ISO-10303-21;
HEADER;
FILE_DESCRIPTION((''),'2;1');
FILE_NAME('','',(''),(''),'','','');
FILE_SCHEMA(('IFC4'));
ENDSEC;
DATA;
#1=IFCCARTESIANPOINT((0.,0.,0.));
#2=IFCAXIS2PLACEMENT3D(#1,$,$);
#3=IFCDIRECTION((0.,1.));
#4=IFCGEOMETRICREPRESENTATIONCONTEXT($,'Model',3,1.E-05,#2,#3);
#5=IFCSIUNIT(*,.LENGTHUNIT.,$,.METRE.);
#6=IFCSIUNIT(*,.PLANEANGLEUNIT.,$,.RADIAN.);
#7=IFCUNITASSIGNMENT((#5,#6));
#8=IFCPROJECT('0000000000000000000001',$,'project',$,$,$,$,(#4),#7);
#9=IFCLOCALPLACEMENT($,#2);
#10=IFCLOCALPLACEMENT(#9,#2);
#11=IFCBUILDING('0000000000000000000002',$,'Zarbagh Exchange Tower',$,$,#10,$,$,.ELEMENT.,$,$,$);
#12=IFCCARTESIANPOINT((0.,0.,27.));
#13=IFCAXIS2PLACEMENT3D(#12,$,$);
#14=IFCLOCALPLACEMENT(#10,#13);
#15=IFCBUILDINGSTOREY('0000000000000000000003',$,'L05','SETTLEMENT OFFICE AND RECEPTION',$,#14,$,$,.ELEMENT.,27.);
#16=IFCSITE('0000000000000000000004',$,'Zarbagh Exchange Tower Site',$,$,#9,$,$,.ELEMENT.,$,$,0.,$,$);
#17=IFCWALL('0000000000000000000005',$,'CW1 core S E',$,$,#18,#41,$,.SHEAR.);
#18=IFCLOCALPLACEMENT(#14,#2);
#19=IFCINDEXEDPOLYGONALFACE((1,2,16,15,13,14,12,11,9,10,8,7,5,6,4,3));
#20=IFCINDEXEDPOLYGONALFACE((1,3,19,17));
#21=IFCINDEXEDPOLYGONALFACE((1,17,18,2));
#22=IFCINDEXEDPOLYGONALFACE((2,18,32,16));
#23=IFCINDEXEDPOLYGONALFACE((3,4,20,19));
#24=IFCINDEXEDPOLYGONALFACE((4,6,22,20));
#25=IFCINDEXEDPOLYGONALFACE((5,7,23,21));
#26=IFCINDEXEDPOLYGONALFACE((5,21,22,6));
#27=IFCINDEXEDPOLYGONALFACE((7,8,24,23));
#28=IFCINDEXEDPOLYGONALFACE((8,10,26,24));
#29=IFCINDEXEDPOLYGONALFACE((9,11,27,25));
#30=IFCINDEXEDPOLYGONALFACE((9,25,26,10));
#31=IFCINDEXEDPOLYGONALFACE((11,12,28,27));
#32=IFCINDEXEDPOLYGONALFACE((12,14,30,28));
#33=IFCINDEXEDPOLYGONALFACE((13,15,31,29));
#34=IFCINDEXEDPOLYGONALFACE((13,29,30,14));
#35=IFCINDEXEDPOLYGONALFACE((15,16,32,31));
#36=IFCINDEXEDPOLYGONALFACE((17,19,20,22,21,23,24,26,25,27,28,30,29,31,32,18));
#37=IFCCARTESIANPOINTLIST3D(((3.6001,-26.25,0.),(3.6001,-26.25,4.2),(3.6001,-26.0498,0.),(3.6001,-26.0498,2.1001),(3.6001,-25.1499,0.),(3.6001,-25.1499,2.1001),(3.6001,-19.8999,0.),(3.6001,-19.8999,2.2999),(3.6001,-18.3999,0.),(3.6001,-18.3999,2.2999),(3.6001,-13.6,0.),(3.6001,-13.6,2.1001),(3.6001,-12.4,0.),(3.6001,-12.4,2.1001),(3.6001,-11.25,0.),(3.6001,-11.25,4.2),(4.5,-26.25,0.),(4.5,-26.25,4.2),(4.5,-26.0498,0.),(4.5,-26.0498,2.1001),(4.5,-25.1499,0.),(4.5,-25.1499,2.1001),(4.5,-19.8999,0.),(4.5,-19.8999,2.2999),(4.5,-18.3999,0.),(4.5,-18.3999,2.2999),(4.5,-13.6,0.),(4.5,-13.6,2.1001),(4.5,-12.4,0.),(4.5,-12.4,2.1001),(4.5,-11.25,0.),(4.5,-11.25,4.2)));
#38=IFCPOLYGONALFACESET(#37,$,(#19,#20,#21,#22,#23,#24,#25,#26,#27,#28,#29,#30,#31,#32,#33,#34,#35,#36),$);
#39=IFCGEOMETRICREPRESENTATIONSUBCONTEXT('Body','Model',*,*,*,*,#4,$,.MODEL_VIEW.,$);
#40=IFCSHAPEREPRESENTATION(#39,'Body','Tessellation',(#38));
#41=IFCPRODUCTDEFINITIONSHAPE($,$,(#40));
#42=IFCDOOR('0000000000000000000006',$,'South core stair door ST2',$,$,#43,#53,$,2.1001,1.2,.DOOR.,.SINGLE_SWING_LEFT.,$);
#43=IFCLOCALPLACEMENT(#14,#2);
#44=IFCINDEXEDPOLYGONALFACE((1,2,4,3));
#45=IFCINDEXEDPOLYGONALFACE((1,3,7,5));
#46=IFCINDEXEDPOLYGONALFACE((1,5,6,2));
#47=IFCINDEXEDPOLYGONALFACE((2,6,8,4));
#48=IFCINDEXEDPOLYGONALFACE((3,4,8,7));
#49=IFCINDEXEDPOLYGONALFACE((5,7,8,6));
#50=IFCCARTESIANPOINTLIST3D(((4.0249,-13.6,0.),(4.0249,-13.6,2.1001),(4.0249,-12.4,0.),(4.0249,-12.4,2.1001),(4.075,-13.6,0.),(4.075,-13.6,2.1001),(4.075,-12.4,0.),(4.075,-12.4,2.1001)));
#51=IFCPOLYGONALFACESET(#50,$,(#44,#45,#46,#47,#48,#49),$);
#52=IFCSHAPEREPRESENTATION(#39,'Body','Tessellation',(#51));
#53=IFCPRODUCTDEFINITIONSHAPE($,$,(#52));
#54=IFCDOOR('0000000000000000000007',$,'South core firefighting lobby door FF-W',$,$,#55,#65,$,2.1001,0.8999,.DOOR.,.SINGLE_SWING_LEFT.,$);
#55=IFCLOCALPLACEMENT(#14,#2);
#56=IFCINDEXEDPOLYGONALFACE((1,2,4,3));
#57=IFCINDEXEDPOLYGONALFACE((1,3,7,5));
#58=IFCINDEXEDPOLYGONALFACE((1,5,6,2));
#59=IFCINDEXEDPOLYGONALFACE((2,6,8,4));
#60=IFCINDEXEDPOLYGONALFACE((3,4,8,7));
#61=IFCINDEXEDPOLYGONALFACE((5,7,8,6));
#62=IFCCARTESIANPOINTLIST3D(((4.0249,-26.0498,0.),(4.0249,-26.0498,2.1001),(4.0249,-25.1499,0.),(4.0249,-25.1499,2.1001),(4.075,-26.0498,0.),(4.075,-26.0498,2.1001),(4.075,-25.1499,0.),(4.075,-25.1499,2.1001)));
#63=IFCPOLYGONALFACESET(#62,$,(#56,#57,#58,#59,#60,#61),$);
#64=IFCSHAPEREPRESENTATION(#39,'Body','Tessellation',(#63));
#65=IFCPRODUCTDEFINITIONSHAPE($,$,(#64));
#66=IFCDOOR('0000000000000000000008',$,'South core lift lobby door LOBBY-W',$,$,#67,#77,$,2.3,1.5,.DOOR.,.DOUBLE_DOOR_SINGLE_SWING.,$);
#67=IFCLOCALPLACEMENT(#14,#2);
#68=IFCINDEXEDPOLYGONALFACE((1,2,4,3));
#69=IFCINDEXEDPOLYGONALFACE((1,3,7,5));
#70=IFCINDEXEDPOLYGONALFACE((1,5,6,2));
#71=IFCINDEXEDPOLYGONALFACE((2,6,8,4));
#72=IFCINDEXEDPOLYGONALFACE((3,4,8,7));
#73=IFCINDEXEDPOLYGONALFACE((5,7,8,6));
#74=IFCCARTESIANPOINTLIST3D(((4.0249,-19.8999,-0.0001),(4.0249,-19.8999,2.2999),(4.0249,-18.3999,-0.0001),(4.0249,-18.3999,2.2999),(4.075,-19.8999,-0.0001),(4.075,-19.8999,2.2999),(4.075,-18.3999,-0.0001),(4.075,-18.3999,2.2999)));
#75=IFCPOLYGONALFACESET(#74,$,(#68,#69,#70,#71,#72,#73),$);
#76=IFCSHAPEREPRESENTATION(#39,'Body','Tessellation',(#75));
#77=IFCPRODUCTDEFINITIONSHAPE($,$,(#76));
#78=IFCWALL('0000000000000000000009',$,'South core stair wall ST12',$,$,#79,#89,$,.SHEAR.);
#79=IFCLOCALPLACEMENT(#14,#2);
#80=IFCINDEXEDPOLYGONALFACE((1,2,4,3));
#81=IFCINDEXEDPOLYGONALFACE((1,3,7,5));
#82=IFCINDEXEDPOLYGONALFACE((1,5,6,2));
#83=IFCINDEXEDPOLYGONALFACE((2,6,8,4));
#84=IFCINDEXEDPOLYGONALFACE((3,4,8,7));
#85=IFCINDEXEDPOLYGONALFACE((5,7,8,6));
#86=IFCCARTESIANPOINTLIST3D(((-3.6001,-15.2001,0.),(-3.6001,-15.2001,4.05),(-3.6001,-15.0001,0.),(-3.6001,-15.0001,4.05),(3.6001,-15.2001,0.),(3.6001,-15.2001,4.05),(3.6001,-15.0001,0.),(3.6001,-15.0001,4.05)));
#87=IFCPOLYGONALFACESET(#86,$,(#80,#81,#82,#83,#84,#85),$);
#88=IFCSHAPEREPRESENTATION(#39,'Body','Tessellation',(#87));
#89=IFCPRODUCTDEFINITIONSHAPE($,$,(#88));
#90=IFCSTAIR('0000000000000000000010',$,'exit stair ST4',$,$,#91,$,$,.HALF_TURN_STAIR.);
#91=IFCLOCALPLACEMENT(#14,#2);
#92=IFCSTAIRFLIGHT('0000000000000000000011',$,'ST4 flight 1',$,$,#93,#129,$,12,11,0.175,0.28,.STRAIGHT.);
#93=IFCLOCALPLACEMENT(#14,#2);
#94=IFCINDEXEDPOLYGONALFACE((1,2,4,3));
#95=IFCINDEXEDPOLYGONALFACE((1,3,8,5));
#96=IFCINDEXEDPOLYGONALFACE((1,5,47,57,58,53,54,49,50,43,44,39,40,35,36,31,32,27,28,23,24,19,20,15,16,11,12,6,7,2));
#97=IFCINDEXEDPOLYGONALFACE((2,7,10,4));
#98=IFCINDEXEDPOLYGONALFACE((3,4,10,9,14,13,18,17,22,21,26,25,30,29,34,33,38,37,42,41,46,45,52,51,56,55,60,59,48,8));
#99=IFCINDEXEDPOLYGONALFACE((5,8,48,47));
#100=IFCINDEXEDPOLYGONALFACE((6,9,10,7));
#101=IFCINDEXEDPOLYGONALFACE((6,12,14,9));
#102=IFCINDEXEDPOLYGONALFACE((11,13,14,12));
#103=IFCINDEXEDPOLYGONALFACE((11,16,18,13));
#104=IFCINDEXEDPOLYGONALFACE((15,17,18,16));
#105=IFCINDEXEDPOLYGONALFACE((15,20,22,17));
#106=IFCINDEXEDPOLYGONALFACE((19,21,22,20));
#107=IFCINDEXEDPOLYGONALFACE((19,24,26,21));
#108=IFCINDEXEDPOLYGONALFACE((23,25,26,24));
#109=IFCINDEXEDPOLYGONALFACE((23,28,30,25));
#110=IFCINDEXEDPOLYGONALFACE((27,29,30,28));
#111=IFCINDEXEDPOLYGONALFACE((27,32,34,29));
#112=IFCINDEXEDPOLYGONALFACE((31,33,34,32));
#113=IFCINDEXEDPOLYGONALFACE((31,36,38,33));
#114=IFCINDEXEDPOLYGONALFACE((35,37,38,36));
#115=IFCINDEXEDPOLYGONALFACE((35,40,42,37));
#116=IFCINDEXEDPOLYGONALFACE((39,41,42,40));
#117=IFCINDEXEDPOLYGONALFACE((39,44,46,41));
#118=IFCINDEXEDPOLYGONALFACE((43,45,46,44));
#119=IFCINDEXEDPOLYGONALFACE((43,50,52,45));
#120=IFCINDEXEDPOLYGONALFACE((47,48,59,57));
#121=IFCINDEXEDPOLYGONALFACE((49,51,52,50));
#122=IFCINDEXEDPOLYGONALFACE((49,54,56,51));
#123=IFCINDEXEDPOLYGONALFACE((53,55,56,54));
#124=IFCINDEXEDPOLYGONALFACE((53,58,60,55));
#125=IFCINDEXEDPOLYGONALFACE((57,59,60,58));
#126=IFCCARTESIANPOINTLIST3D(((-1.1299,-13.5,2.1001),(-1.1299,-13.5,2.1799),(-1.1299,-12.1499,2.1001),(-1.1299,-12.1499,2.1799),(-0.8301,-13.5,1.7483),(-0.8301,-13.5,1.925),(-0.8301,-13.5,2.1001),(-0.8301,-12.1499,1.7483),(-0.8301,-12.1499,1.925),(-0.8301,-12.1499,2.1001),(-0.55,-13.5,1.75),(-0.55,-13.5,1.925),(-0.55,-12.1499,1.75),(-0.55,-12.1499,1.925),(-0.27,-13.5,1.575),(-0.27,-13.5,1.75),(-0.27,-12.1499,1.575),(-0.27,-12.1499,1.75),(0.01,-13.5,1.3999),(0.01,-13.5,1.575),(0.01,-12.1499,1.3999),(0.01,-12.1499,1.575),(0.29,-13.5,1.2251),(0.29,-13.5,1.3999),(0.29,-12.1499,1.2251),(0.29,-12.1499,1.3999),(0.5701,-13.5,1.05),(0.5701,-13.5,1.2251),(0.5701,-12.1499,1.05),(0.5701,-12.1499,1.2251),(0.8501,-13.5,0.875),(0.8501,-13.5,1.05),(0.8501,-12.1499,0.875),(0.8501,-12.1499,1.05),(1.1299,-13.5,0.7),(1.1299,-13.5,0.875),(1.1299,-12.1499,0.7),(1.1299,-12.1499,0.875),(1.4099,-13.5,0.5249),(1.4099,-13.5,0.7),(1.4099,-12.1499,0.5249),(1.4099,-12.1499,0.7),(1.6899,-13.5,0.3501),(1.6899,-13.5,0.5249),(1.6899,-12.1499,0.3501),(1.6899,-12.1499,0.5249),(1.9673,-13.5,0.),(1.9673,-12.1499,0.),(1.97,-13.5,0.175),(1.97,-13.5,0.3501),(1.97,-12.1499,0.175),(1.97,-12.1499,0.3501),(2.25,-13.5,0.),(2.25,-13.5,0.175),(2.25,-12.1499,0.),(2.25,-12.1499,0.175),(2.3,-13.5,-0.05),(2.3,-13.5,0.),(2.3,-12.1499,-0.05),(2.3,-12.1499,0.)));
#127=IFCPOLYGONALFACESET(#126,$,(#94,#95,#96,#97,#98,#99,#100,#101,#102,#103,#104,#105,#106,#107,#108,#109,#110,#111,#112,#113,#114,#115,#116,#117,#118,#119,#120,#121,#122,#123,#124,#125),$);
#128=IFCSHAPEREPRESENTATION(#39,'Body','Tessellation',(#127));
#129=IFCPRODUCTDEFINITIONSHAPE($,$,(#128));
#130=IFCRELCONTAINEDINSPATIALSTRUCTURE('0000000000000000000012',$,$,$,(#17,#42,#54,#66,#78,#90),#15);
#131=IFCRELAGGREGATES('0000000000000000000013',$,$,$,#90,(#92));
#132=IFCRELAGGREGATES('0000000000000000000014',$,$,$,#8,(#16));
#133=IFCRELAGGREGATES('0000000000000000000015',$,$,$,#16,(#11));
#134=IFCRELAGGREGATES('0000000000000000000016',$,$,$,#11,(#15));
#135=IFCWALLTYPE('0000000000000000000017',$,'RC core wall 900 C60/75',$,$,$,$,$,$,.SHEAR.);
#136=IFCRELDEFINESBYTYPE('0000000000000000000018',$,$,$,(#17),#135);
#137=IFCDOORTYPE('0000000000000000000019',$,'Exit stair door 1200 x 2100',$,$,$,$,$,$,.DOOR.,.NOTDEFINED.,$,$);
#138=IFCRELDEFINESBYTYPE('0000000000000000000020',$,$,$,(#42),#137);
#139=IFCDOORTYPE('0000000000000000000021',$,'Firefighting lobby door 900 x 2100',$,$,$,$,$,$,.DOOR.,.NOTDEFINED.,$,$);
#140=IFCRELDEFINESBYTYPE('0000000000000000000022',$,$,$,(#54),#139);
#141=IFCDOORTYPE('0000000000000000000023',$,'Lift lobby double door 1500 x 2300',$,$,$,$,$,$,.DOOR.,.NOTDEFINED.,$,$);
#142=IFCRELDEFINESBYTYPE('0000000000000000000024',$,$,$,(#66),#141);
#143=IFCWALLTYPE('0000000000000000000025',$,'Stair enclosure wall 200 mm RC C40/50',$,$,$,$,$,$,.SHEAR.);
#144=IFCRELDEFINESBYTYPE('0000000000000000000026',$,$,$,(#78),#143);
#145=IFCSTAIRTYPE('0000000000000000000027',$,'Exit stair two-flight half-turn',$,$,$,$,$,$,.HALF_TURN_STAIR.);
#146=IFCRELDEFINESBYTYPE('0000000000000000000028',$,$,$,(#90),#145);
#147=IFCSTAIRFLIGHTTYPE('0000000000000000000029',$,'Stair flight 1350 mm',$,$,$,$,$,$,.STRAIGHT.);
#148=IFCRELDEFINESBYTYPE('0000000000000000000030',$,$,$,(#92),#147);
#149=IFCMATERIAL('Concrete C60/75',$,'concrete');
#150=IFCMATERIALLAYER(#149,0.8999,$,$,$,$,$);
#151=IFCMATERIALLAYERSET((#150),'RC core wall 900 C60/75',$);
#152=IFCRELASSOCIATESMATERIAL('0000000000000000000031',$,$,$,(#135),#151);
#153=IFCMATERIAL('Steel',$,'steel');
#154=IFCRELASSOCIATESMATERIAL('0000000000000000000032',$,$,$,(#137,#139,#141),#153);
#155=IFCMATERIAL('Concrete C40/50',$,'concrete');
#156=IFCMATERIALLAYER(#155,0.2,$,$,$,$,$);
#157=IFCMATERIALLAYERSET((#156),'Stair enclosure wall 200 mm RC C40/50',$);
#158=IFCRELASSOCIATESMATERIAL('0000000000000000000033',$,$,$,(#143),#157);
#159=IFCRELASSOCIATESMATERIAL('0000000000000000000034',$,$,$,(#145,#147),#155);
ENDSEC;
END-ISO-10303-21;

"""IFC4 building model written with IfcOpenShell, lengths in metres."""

from ifc_helpers import new_model, si_unit, direction, frame, frame_2d, origin, place, context, subcontext, project, spatial, polyline, rectangle, outline, extrude, material, layer, layer_set, type_object, element, fill, aggregate, save


model = new_model("IFC4")

# Units and contexts
model_context = context("Model", 3, precision=1e-05, world=origin(), true_north=direction((0.0, 1.0)))
body_context = subcontext(model_context, "Body", "Model", "MODEL_VIEW")
ifc_project = project(units=[si_unit("LENGTHUNIT", "METRE"), si_unit("PLANEANGLEUNIT", "RADIAN")], contexts=[model_context])

# Site, building, storey
site_placement = place(None, origin())
site = spatial("IfcSite", under=ifc_project, at=site_placement, Name="Zarbagh Exchange Tower Site", CompositionType="ELEMENT", RefElevation=0.0)
building_placement = place(site_placement, origin())
building = spatial("IfcBuilding", under=site, at=building_placement, Name="Zarbagh Exchange Tower", CompositionType="ELEMENT")
storey_placement = place(building_placement, frame((0.0, 0.0, 27.0)))
storey = spatial("IfcBuildingStorey", under=building, at=storey_placement, Name="L05", Description="SETTLEMENT OFFICE AND RECEPTION", CompositionType="ELEMENT", Elevation=27.0)

# Shared definitions
ifc_material_1 = material(Name="Concrete C60/75", Category="concrete")

# Wall, openings, doors
ifc_layer_1 = layer(ifc_material_1, 0.8999)
ifc_layer_set_1 = layer_set([ifc_layer_1], Name="RC core wall 900 C60/75")
wall_type_1 = type_object("IfcWallType", Name="RC core wall 900 C60/75", PredefinedType="SHEAR", material=ifc_layer_set_1)
wall_1_placement = place(storey_placement, frame((4.05, -11.25, 0.0), z_axis=(0.0, 0.0, 1.0), x_axis=(0.0, -1.0, 0.0)))
wall_1 = element("IfcWall", 1, at=wall_1_placement, inside=storey, type_object=wall_type_1, Name="CW1 core S E", PredefinedType="SHEAR", context=body_context, shape_type="SweptSolid", body=[
    extrude(rectangle(XDim=15.0, YDim=0.8999, at=frame_2d((7.5, 0.0))), origin(), (0.0, 0.0, 1.0), 4.2),
])
opening_1_placement = place(wall_1_placement, frame((7.1499, 0.0, 0.0)))
opening_1 = element("IfcOpeningElement", 2, at=opening_1_placement, cuts=wall_1, PredefinedType="OPENING", context=body_context, shape_type="SweptSolid", body=[
    extrude(rectangle(XDim=1.5, YDim=2.3, at=frame_2d((0.75, 1.1499))), frame((0.0, 0.46, 0.0), z_axis=(0.0, -1.0, 0.0), x_axis=(1.0, 0.0, 0.0)), (0.0, 0.0, 1.0), 0.9199),
])
opening_2_placement = place(wall_1_placement, frame((13.8999, 0.0, 0.0)))
opening_2 = element("IfcOpeningElement", 3, at=opening_2_placement, cuts=wall_1, PredefinedType="OPENING", context=body_context, shape_type="SweptSolid", body=[
    extrude(rectangle(XDim=0.8999, YDim=2.1001, at=frame_2d((0.45, 1.05))), frame((0.0, 0.46, 0.0), z_axis=(0.0, -1.0, 0.0), x_axis=(1.0, 0.0, 0.0)), (0.0, 0.0, 1.0), 0.9199),
])
opening_3_placement = place(wall_1_placement, frame((1.1499, 0.0, 0.0)))
opening_3 = element("IfcOpeningElement", 4, at=opening_3_placement, cuts=wall_1, PredefinedType="OPENING", context=body_context, shape_type="SweptSolid", body=[
    extrude(rectangle(XDim=1.2, YDim=2.1001, at=frame_2d((0.6001, 1.05))), frame((0.0, 0.46, 0.0), z_axis=(0.0, -1.0, 0.0), x_axis=(1.0, 0.0, 0.0)), (0.0, 0.0, 1.0), 0.9199),
])
ifc_material_2 = material(Name="Steel", Category="steel")
door_type_1 = type_object("IfcDoorType", Name="Exit stair door 1200 x 2100", OperationType="NOTDEFINED", PredefinedType="DOOR", material=ifc_material_2)
door_1_placement = place(opening_3_placement, origin())
door_1 = element("IfcDoor", 5, at=door_1_placement, inside=storey, type_object=door_type_1, Name="South core stair door ST2", OperationType="SINGLE_SWING_LEFT", OverallHeight=2.1001, OverallWidth=1.2, PredefinedType="DOOR", context=body_context, shape_type="SweptSolid", body=[
    extrude(rectangle(XDim=1.2, YDim=2.1001, at=frame_2d((0.6001, 1.05))), frame((0.0, 0.0249, 0.0), z_axis=(0.0, -1.0, 0.0), x_axis=(1.0, 0.0, 0.0)), (0.0, 0.0, 1.0), 0.05),
])
fill(opening_3, door_1)
door_type_2 = type_object("IfcDoorType", Name="Firefighting lobby door 900 x 2100", OperationType="NOTDEFINED", PredefinedType="DOOR", material=ifc_material_2)
door_2_placement = place(opening_2_placement, origin())
door_2 = element("IfcDoor", 6, at=door_2_placement, inside=storey, type_object=door_type_2, Name="South core firefighting lobby door FF-W", OperationType="SINGLE_SWING_LEFT", OverallHeight=2.1001, OverallWidth=0.8999, PredefinedType="DOOR", context=body_context, shape_type="SweptSolid", body=[
    extrude(rectangle(XDim=0.8999, YDim=2.1001, at=frame_2d((0.45, 1.05))), frame((0.0, 0.0249, 0.0), z_axis=(0.0, -1.0, 0.0), x_axis=(1.0, 0.0, 0.0)), (0.0, 0.0, 1.0), 0.05),
])
fill(opening_2, door_2)
door_type_3 = type_object("IfcDoorType", Name="Lift lobby double door 1500 x 2300", OperationType="NOTDEFINED", PredefinedType="DOOR", material=ifc_material_2)
door_3_placement = place(opening_1_placement, origin())
door_3 = element("IfcDoor", 7, at=door_3_placement, inside=storey, type_object=door_type_3, Name="South core lift lobby door LOBBY-W", OperationType="DOUBLE_DOOR_SINGLE_SWING", OverallHeight=2.3, OverallWidth=1.5, PredefinedType="DOOR", context=body_context, shape_type="SweptSolid", body=[
    extrude(rectangle(XDim=1.5, YDim=2.3, at=frame_2d((0.75, 1.1499))), frame((0.0, 0.0249, 0.0), z_axis=(0.0, -1.0, 0.0), x_axis=(1.0, 0.0, 0.0)), (0.0, 0.0, 1.0), 0.05),
])
fill(opening_1, door_3)

# Wall
ifc_material_3 = material(Name="Concrete C40/50", Category="concrete")
ifc_layer_2 = layer(ifc_material_3, 0.2)
ifc_layer_set_2 = layer_set([ifc_layer_2], Name="Stair enclosure wall 200 mm RC C40/50")
wall_type_2 = type_object("IfcWallType", Name="Stair enclosure wall 200 mm RC C40/50", PredefinedType="SHEAR", material=ifc_layer_set_2)
wall_2_placement = place(storey_placement, frame((3.6001, -15.1001, 0.0), z_axis=(0.0, 0.0, 1.0), x_axis=(-1.0, 0.0, 0.0)))
element("IfcWall", 8, at=wall_2_placement, inside=storey, type_object=wall_type_2, Name="South core stair wall ST12", PredefinedType="SHEAR", context=body_context, shape_type="SweptSolid", body=[
    extrude(rectangle(XDim=7.2002, YDim=0.2, at=frame_2d((3.6001, 0.0))), origin(), (0.0, 0.0, 1.0), 4.05),
])

# Stair, stair flight
stair_type = type_object("IfcStairType", Name="Exit stair two-flight half-turn", PredefinedType="HALF_TURN_STAIR", material=ifc_material_3)
stair_placement = place(storey_placement, origin())
stair = element("IfcStair", 9, at=stair_placement, inside=storey, type_object=stair_type, Name="exit stair ST4", PredefinedType="HALF_TURN_STAIR")
stair_flight_type = type_object("IfcStairFlightType", Name="Stair flight 1350 mm", PredefinedType="STRAIGHT", material=ifc_material_3)
stair_flight_placement = place(storey_placement, frame((2.25, -12.825, 0.0), z_axis=(0.0, 0.0, 1.0), x_axis=(-1.0, 0.0, 0.0)))
stair_flight = element("IfcStairFlight", 10, at=stair_flight_placement, type_object=stair_flight_type, Name="ST4 flight 1", NumberOfRisers=12, NumberOfTreads=11, PredefinedType="STRAIGHT", RiserHeight=0.175, TreadLength=0.28, context=body_context, shape_type="SweptSolid", body=[
    extrude(outline(polyline([(-0.05, -0.05), (-0.05, 0.0), (0.0, 0.0), (0.0, 0.175), (0.28, 0.175), (0.28, 0.3501), (0.5601, 0.3501), (0.5601, 0.5249), (0.8401, 0.5249), (0.8401, 0.7), (1.1201, 0.7), (1.1201, 0.875), (1.3999, 0.875), (1.3999, 1.05), (1.6799, 1.05), (1.6799, 1.2251), (1.96, 1.2251), (1.96, 1.3999), (2.24, 1.3999), (2.24, 1.575), (2.52, 1.575), (2.52, 1.75), (2.8, 1.75), (2.8, 1.925), (3.0801, 1.925), (3.0801, 2.1001), (3.3799, 2.1799), (3.3799, 2.1001), (3.0801, 1.7483), (0.2827, 0.0), (-0.05, -0.05)])), frame((0.0, 0.675, 0.0), z_axis=(0.0, -1.0, 0.0), x_axis=(1.0, 0.0, 0.0)), (0.0, 0.0, 1.0), 1.3501),
])
aggregate(stair, [stair_flight])

save(model, "model.ifc")
